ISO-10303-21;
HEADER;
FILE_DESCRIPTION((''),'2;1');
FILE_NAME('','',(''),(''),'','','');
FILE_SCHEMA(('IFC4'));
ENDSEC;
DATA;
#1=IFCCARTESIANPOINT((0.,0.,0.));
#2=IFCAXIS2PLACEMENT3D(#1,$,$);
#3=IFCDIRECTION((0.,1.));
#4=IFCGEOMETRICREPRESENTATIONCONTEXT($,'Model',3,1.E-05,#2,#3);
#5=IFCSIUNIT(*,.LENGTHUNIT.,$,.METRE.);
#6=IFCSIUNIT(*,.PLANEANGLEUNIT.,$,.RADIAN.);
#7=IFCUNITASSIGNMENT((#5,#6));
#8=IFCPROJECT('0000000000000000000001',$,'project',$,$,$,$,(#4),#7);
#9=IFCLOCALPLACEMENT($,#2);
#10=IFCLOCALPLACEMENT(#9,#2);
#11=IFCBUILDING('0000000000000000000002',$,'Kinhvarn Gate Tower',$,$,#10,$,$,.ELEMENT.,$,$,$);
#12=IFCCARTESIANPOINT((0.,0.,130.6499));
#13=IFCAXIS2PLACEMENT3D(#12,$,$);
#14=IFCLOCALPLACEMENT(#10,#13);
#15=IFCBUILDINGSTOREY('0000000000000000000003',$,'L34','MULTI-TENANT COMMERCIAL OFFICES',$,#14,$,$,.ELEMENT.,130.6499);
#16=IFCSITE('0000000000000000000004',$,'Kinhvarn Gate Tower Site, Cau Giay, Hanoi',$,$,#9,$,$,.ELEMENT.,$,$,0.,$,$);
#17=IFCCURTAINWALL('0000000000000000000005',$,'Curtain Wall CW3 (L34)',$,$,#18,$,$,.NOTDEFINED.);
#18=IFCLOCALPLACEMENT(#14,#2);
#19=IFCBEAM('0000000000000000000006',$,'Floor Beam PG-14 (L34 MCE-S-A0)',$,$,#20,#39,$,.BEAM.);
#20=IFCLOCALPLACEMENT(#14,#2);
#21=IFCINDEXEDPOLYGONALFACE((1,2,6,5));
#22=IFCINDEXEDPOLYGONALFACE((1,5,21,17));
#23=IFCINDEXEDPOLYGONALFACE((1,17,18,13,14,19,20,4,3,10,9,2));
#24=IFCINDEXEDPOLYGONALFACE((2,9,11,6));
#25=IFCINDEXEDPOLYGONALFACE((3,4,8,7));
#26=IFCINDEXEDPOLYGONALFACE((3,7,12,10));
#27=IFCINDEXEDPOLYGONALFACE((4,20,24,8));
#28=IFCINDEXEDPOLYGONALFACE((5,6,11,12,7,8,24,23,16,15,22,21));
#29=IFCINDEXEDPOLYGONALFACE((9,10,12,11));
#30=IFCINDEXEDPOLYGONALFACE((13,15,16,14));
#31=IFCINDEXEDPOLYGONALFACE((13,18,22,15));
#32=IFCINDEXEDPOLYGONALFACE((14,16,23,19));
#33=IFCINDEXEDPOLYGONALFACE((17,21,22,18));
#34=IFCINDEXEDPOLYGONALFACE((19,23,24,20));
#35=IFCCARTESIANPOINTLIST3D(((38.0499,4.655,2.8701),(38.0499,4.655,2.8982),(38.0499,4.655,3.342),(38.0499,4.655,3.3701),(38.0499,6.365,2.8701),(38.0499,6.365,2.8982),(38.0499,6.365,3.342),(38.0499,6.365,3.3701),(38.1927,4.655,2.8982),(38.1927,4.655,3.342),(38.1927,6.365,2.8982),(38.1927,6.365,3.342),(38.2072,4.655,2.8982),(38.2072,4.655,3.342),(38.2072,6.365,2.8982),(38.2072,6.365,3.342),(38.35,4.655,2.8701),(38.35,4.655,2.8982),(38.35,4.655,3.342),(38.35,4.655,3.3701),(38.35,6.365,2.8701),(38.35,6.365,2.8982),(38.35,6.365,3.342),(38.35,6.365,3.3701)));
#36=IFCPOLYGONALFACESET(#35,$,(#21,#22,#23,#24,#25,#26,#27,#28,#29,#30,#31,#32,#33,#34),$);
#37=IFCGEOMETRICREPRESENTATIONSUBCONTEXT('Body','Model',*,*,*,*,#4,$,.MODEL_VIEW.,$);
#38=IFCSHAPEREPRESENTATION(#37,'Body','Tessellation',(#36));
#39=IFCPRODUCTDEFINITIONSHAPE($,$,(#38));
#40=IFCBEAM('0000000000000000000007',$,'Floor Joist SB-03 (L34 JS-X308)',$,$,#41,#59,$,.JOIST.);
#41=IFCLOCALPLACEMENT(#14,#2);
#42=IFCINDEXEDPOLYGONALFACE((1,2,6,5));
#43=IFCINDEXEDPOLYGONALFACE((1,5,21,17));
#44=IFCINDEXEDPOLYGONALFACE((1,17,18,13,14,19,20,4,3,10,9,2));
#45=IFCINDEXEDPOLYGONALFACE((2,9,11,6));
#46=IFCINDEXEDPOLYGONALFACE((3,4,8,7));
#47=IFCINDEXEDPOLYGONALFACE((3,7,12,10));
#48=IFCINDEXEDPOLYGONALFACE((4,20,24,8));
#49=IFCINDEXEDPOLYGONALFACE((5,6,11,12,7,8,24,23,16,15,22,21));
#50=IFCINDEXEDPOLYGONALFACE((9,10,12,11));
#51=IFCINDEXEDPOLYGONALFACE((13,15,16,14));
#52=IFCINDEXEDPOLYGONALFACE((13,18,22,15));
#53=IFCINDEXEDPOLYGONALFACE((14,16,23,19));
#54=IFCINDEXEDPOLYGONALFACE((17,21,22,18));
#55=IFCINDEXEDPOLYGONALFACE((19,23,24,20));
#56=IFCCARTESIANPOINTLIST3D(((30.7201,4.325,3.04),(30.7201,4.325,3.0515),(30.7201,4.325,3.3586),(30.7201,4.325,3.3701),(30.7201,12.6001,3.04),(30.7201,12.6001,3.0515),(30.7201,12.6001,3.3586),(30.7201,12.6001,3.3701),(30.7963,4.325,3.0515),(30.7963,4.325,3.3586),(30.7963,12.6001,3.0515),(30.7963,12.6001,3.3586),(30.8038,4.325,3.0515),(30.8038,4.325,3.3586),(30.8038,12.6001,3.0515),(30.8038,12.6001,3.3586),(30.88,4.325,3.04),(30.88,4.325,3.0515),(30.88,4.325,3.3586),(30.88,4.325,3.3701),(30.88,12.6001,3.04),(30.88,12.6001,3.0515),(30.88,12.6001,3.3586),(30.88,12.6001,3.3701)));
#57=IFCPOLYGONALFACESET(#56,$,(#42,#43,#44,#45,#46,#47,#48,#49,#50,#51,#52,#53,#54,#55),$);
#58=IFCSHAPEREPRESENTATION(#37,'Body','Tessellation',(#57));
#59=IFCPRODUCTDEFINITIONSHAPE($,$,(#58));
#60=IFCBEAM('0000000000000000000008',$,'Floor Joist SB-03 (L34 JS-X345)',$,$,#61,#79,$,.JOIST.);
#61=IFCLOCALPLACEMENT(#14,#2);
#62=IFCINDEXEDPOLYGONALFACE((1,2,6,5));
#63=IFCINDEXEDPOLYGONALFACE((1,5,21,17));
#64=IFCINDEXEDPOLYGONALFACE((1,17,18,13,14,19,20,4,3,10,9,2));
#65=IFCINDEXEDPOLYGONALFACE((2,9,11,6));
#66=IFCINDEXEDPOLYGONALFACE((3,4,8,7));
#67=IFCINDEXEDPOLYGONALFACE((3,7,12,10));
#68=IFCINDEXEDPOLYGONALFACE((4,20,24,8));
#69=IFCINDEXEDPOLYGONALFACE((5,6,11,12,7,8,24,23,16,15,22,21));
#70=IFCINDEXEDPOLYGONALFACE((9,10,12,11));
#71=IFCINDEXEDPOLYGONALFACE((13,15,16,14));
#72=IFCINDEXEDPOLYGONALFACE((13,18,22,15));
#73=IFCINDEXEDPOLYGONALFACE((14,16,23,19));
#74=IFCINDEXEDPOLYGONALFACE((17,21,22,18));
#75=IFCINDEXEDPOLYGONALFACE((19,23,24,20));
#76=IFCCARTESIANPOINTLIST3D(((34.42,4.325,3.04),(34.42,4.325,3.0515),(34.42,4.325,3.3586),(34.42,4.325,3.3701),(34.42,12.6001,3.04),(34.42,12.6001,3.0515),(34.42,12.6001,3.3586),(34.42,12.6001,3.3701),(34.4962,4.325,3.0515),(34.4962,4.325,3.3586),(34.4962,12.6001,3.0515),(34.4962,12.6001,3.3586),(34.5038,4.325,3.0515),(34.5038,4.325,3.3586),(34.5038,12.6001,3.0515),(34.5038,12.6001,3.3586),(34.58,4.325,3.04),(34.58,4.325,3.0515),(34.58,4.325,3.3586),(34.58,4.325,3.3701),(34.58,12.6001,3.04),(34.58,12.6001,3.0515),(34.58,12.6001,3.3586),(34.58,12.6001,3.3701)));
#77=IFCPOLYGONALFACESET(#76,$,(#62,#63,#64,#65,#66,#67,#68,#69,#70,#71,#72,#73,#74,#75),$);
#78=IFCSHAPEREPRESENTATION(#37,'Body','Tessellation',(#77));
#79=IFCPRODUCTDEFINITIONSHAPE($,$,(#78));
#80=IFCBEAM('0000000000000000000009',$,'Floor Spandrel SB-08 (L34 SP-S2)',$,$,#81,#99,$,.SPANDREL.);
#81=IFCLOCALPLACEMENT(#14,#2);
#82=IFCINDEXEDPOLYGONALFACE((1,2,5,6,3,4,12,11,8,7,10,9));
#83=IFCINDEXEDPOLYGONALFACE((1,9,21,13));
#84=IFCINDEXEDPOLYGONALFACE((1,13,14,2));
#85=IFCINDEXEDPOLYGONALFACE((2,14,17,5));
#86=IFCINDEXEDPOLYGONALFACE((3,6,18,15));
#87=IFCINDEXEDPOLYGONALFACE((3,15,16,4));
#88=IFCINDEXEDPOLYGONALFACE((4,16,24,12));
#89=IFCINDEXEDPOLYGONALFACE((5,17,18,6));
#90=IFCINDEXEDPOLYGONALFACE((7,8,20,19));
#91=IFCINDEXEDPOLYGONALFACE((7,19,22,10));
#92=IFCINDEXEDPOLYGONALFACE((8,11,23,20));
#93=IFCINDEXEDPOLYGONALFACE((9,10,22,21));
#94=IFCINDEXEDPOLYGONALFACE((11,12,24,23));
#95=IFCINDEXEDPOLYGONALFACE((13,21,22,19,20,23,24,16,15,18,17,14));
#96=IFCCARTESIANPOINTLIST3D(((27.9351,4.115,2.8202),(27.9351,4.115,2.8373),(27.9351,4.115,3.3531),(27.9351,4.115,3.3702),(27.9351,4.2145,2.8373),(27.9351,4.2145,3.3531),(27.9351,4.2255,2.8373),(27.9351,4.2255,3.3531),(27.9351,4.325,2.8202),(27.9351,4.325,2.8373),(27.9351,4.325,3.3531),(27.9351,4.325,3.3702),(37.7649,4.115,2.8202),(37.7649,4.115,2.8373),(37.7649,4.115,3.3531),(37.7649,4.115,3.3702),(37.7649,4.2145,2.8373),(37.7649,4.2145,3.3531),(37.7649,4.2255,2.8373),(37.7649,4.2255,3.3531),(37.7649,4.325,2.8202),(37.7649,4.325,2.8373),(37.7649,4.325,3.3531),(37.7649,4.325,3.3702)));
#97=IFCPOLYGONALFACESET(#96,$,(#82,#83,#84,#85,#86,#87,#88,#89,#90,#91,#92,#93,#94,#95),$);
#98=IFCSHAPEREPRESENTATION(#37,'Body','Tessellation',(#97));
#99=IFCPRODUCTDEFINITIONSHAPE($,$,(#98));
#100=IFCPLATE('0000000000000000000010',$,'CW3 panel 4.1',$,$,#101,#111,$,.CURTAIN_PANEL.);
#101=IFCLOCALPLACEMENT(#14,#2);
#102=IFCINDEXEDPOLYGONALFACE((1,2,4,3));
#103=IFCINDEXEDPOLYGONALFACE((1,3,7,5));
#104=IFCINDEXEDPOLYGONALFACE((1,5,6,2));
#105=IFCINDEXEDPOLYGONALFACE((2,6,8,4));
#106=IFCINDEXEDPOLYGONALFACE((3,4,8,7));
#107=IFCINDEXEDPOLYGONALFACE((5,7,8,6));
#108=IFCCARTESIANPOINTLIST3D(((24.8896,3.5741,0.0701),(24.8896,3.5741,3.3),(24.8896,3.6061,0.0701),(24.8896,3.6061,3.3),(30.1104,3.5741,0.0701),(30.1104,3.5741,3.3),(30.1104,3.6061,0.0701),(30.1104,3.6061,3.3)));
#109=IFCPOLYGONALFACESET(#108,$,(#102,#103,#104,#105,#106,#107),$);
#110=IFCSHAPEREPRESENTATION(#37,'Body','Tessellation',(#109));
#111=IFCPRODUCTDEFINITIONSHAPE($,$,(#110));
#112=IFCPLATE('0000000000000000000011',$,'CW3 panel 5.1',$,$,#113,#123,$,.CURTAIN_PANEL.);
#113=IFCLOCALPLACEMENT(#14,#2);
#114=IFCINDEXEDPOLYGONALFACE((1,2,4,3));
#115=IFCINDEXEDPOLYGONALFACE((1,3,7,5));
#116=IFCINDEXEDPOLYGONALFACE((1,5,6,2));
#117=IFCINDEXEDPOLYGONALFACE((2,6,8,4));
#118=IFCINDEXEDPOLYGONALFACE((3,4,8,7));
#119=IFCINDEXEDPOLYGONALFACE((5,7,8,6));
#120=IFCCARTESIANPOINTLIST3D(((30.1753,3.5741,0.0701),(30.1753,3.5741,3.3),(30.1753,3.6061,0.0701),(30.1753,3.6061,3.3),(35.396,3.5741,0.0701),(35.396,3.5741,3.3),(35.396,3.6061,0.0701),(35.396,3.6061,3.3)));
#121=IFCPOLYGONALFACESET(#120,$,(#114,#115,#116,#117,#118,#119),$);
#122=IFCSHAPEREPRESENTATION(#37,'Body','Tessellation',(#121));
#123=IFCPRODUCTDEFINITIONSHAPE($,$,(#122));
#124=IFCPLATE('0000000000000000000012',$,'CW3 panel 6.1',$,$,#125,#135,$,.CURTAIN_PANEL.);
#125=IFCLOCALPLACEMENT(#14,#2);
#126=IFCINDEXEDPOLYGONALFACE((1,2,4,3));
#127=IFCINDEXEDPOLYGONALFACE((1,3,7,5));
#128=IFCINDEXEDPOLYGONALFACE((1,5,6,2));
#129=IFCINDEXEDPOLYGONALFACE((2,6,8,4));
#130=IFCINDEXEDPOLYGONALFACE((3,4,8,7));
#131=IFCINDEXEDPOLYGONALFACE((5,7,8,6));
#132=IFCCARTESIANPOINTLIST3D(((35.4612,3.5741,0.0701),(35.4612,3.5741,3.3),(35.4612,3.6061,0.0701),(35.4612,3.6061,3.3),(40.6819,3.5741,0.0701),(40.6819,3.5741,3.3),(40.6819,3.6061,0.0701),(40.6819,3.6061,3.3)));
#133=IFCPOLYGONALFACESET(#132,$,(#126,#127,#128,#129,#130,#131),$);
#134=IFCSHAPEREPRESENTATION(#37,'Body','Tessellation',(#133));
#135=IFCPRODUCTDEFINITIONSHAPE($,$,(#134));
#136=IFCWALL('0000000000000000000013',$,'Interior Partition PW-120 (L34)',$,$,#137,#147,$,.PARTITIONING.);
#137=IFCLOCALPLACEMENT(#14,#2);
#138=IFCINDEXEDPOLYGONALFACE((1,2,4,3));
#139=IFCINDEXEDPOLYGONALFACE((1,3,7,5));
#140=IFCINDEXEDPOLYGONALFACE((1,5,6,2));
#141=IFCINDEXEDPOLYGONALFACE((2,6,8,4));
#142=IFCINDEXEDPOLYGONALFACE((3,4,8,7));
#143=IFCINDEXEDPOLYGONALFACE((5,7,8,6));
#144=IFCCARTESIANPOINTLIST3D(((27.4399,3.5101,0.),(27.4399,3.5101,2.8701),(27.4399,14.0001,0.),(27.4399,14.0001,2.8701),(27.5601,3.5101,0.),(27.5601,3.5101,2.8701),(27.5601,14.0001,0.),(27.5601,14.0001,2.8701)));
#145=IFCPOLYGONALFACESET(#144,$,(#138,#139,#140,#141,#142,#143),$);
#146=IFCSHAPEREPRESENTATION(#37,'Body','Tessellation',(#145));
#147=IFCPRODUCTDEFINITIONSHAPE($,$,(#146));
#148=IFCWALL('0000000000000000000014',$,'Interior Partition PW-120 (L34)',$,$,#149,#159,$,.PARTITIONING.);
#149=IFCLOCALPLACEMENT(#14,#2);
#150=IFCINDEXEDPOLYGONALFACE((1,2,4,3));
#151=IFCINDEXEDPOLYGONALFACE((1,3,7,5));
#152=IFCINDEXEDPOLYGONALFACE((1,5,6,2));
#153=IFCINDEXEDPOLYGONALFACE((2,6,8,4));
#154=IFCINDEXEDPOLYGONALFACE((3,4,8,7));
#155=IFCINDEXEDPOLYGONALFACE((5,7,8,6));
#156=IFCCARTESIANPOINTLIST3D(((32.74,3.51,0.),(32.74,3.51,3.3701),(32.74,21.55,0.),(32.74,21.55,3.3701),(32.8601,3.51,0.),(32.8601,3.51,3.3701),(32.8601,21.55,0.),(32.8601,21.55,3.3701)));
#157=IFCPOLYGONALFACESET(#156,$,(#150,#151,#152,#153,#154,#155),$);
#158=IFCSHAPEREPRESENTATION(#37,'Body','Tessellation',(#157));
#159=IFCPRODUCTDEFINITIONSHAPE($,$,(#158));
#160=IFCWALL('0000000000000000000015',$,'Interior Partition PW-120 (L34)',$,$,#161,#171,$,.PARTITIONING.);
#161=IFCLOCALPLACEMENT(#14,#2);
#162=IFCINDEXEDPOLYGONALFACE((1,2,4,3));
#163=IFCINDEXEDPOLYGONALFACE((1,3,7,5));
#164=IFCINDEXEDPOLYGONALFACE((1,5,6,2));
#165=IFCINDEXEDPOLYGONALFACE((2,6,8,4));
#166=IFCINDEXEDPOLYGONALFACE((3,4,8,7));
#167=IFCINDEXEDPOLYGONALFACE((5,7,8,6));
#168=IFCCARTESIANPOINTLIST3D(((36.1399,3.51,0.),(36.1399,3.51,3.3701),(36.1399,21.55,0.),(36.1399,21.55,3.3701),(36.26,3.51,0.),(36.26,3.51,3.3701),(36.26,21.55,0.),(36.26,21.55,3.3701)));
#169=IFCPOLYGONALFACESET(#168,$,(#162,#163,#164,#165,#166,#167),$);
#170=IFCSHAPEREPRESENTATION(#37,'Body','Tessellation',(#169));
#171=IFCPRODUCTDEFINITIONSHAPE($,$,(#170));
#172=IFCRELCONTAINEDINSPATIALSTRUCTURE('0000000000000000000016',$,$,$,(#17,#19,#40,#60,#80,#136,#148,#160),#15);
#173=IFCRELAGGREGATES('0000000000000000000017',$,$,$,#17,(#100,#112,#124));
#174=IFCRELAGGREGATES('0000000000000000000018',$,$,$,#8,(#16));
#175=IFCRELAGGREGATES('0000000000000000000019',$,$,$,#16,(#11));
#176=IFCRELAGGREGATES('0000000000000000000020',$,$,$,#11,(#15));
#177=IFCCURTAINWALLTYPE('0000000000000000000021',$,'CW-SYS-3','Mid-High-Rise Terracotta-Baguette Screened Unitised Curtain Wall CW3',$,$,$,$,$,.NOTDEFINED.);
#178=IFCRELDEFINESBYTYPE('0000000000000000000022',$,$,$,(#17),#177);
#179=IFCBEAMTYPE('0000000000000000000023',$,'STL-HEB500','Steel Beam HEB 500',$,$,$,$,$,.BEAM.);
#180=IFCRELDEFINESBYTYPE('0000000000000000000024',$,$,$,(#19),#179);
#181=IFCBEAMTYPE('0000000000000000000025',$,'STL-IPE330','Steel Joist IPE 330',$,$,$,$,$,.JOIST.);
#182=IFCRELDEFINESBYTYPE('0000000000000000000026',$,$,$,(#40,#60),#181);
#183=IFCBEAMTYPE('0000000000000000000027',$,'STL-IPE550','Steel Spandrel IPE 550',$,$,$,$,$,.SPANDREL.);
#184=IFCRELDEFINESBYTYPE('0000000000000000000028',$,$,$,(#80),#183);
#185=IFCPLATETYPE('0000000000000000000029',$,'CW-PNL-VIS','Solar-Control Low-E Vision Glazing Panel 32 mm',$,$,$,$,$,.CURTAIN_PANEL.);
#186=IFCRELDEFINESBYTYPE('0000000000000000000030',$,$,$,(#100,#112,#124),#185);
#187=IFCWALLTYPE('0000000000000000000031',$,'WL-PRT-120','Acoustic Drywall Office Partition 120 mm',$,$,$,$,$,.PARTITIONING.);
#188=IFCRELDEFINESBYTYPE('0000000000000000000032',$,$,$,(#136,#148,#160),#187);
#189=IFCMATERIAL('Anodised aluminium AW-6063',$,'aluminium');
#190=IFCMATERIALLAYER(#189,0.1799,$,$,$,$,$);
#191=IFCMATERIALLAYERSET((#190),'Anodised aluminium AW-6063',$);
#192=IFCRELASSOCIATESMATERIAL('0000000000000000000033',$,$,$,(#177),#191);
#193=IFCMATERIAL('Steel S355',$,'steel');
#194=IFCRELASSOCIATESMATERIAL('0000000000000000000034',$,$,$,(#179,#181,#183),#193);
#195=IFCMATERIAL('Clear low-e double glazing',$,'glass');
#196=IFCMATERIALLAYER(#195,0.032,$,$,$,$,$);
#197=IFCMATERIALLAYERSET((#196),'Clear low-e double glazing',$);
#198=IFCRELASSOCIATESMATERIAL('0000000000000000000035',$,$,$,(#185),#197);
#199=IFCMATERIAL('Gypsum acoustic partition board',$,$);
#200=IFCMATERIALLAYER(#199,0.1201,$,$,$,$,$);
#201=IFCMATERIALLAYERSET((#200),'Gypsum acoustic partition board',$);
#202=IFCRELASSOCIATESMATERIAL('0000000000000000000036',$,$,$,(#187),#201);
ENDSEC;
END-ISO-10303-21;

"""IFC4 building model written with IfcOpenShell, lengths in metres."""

from ifc_helpers import new_model, si_unit, direction, frame, frame_2d, origin, origin_2d, place, context, subcontext, project, spatial, rectangle, i_section, extrude, material, layer, layer_set, material_profile, profile_set, type_object, element, aggregate, save


model = new_model("IFC4")

# Units and contexts
model_context = context("Model", 3, precision=1e-05, world=origin(), true_north=direction((0.0, 1.0)))
body_context = subcontext(model_context, "Body", "Model", "MODEL_VIEW")
ifc_project = project(units=[si_unit("LENGTHUNIT", "METRE"), si_unit("PLANEANGLEUNIT", "RADIAN")], contexts=[model_context])

# Site, building, storey
site_placement = place(None, origin())
site = spatial("IfcSite", under=ifc_project, at=site_placement, Name="Kinhvarn Gate Tower Site, Cau Giay, Hanoi", CompositionType="ELEMENT", RefElevation=0.0)
building_placement = place(site_placement, origin())
building = spatial("IfcBuilding", under=site, at=building_placement, Name="Kinhvarn Gate Tower", CompositionType="ELEMENT")
storey_placement = place(building_placement, frame((0.0, 0.0, 130.6499)))
storey = spatial("IfcBuildingStorey", under=building, at=storey_placement, Name="L34", Description="MULTI-TENANT COMMERCIAL OFFICES", CompositionType="ELEMENT", Elevation=130.6499)

# Curtain wall
ifc_material_1 = material(Name="Anodised aluminium AW-6063", Category="aluminium")
ifc_layer_1 = layer(ifc_material_1, 0.1799)
ifc_layer_set_1 = layer_set([ifc_layer_1], Name="Anodised aluminium AW-6063")
curtain_wall_type = type_object("IfcCurtainWallType", Name="CW-SYS-3", Description="Mid-High-Rise Terracotta-Baguette Screened Unitised Curtain Wall CW3", PredefinedType="NOTDEFINED", material=ifc_layer_set_1)
curtain_wall_placement = place(storey_placement, origin())
curtain_wall = element("IfcCurtainWall", 1, at=curtain_wall_placement, inside=storey, type_object=curtain_wall_type, Name="Curtain Wall CW3 (L34)", PredefinedType="NOTDEFINED")

# Beams
ifc_material_2 = material(Name="Steel S355", Category="steel")
ifc_material_profile_1 = material_profile(ifc_material_2, i_section(OverallWidth=0.3, OverallDepth=0.5, WebThickness=0.0144, FlangeThickness=0.0281, at=origin_2d()), Name="HEB 500")
ifc_profile_set_1 = profile_set([ifc_material_profile_1], Name="Steel S355")
beam_type_1 = type_object("IfcBeamType", Name="STL-HEB500", Description="Steel Beam HEB 500", PredefinedType="BEAM", material=ifc_profile_set_1)
beam_1_placement = place(storey_placement, frame((38.2, 4.655, 3.1201), z_axis=(0.0, 1.0, 0.0), x_axis=(-1.0, 0.0, 0.0)))
element("IfcBeam", 2, at=beam_1_placement, inside=storey, type_object=beam_type_1, Name="Floor Beam PG-14 (L34 MCE-S-A0)", PredefinedType="BEAM", context=body_context, shape_type="SweptSolid", body=[
    extrude(i_section(OverallWidth=0.3, OverallDepth=0.5, WebThickness=0.0144, FlangeThickness=0.0281, at=origin_2d()), origin(), (0.0, 0.0, 1.0), 1.71),
])
ifc_material_profile_2 = material_profile(ifc_material_2, i_section(OverallWidth=0.1599, OverallDepth=0.3301, WebThickness=0.0076, FlangeThickness=0.0115, at=origin_2d()), Name="IPE 330")
ifc_profile_set_2 = profile_set([ifc_material_profile_2], Name="Steel S355")
beam_type_2 = type_object("IfcBeamType", Name="STL-IPE330", Description="Steel Joist IPE 330", PredefinedType="JOIST", material=ifc_profile_set_2)
for number, where, z_axis, x_axis, name in (
    (3, (30.8, 4.325, 3.2051), (0.0, 1.0, 0.0), (-1.0, 0.0, 0.0), "Floor Joist SB-03 (L34 JS-X308)"),
    (4, (34.5, 4.325, 3.2051), (0.0, 1.0, 0.0), (-1.0, 0.0, 0.0), "Floor Joist SB-03 (L34 JS-X345)"),
):
    element("IfcBeam", number, at=place(storey_placement, frame(where, z_axis=z_axis, x_axis=x_axis)), inside=storey, type_object=beam_type_2, Name=name, PredefinedType="JOIST", context=body_context, shape_type="SweptSolid", body=[
        extrude(i_section(OverallWidth=0.1599, OverallDepth=0.3301, WebThickness=0.0076, FlangeThickness=0.0115, at=origin_2d()), origin(), (0.0, 0.0, 1.0), 8.2751),
    ])
ifc_material_profile_3 = material_profile(ifc_material_2, i_section(OverallWidth=0.21, OverallDepth=0.55, WebThickness=0.011, FlangeThickness=0.0171, at=origin_2d()), Name="IPE 550")
ifc_profile_set_3 = profile_set([ifc_material_profile_3], Name="Steel S355")
beam_type_3 = type_object("IfcBeamType", Name="STL-IPE550", Description="Steel Spandrel IPE 550", PredefinedType="SPANDREL", material=ifc_profile_set_3)
beam_2_placement = place(storey_placement, frame((27.9351, 4.22, 3.0952), z_axis=(1.0, 0.0, 0.0), x_axis=(0.0, 1.0, 0.0)))
element("IfcBeam", 5, at=beam_2_placement, inside=storey, type_object=beam_type_3, Name="Floor Spandrel SB-08 (L34 SP-S2)", PredefinedType="SPANDREL", context=body_context, shape_type="SweptSolid", body=[
    extrude(i_section(OverallWidth=0.21, OverallDepth=0.55, WebThickness=0.011, FlangeThickness=0.0171, at=origin_2d()), origin(), (0.0, 0.0, 1.0), 9.8298),
])

# Plates
ifc_material_3 = material(Name="Clear low-e double glazing", Category="glass")
ifc_layer_2 = layer(ifc_material_3, 0.032)
ifc_layer_set_2 = layer_set([ifc_layer_2], Name="Clear low-e double glazing")
plate_type = type_object("IfcPlateType", Name="CW-PNL-VIS", Description="Solar-Control Low-E Vision Glazing Panel 32 mm", PredefinedType="CURTAIN_PANEL", material=ifc_layer_set_2)
plate_1_placement = place(storey_placement, frame((27.5, 3.5901, 0.0701), z_axis=(0.0, 0.0, 1.0), x_axis=(1.0, 0.0, 0.0)))
plate_1 = element("IfcPlate", 6, at=plate_1_placement, type_object=plate_type, Name="CW3 panel 4.1", PredefinedType="CURTAIN_PANEL", context=body_context, shape_type="SweptSolid", body=[
    extrude(rectangle(XDim=5.2207, YDim=0.032, at=origin_2d()), origin(), (0.0, 0.0, 1.0), 3.23),
])
plate_2_placement = place(storey_placement, frame((32.7856, 3.5901, 0.0701), z_axis=(0.0, 0.0, 1.0), x_axis=(1.0, 0.0, 0.0)))
plate_2 = element("IfcPlate", 7, at=plate_2_placement, type_object=plate_type, Name="CW3 panel 5.1", PredefinedType="CURTAIN_PANEL", context=body_context, shape_type="SweptSolid", body=[
    extrude(rectangle(XDim=5.2207, YDim=0.032, at=origin_2d()), origin(), (0.0, 0.0, 1.0), 3.23),
])
plate_3_placement = place(storey_placement, frame((38.0715, 3.5901, 0.0701), z_axis=(0.0, 0.0, 1.0), x_axis=(1.0, 0.0, 0.0)))
plate_3 = element("IfcPlate", 8, at=plate_3_placement, type_object=plate_type, Name="CW3 panel 6.1", PredefinedType="CURTAIN_PANEL", context=body_context, shape_type="SweptSolid", body=[
    extrude(rectangle(XDim=5.2207, YDim=0.032, at=origin_2d()), origin(), (0.0, 0.0, 1.0), 3.23),
])
aggregate(curtain_wall, [plate_1, plate_2, plate_3])

# Walls
ifc_material_4 = material(Name="Gypsum acoustic partition board")
ifc_layer_3 = layer(ifc_material_4, 0.1201)
ifc_layer_set_3 = layer_set([ifc_layer_3], Name="Gypsum acoustic partition board")
wall_type = type_object("IfcWallType", Name="WL-PRT-120", Description="Acoustic Drywall Office Partition 120 mm", PredefinedType="PARTITIONING", material=ifc_layer_set_3)
wall_placement = place(storey_placement, frame((27.5, 3.51, 0.0), z_axis=(0.0, 0.0, 1.0), x_axis=(0.0, 1.0, 0.0)))
element("IfcWall", 9, at=wall_placement, inside=storey, type_object=wall_type, Name="Interior Partition PW-120 (L34)", PredefinedType="PARTITIONING", context=body_context, shape_type="SweptSolid", body=[
    extrude(rectangle(XDim=10.49, YDim=0.1201, at=frame_2d((5.2451, 0.0))), origin(), (0.0, 0.0, 1.0), 2.8701),
])
for number, where, z_axis, x_axis, name in (
    (10, (32.8, 3.51, 0.0), (0.0, 0.0, 1.0), (0.0, 1.0, 0.0), "Interior Partition PW-120 (L34)"),
    (11, (36.2, 3.51, 0.0), (0.0, 0.0, 1.0), (0.0, 1.0, 0.0), "Interior Partition PW-120 (L34)"),
):
    element("IfcWall", number, at=place(storey_placement, frame(where, z_axis=z_axis, x_axis=x_axis)), inside=storey, type_object=wall_type, Name=name, PredefinedType="PARTITIONING", context=body_context, shape_type="SweptSolid", body=[
        extrude(rectangle(XDim=18.04, YDim=0.1201, at=frame_2d((9.02, 0.0))), origin(), (0.0, 0.0, 1.0), 3.3701),
    ])

save(model, "model.ifc")
